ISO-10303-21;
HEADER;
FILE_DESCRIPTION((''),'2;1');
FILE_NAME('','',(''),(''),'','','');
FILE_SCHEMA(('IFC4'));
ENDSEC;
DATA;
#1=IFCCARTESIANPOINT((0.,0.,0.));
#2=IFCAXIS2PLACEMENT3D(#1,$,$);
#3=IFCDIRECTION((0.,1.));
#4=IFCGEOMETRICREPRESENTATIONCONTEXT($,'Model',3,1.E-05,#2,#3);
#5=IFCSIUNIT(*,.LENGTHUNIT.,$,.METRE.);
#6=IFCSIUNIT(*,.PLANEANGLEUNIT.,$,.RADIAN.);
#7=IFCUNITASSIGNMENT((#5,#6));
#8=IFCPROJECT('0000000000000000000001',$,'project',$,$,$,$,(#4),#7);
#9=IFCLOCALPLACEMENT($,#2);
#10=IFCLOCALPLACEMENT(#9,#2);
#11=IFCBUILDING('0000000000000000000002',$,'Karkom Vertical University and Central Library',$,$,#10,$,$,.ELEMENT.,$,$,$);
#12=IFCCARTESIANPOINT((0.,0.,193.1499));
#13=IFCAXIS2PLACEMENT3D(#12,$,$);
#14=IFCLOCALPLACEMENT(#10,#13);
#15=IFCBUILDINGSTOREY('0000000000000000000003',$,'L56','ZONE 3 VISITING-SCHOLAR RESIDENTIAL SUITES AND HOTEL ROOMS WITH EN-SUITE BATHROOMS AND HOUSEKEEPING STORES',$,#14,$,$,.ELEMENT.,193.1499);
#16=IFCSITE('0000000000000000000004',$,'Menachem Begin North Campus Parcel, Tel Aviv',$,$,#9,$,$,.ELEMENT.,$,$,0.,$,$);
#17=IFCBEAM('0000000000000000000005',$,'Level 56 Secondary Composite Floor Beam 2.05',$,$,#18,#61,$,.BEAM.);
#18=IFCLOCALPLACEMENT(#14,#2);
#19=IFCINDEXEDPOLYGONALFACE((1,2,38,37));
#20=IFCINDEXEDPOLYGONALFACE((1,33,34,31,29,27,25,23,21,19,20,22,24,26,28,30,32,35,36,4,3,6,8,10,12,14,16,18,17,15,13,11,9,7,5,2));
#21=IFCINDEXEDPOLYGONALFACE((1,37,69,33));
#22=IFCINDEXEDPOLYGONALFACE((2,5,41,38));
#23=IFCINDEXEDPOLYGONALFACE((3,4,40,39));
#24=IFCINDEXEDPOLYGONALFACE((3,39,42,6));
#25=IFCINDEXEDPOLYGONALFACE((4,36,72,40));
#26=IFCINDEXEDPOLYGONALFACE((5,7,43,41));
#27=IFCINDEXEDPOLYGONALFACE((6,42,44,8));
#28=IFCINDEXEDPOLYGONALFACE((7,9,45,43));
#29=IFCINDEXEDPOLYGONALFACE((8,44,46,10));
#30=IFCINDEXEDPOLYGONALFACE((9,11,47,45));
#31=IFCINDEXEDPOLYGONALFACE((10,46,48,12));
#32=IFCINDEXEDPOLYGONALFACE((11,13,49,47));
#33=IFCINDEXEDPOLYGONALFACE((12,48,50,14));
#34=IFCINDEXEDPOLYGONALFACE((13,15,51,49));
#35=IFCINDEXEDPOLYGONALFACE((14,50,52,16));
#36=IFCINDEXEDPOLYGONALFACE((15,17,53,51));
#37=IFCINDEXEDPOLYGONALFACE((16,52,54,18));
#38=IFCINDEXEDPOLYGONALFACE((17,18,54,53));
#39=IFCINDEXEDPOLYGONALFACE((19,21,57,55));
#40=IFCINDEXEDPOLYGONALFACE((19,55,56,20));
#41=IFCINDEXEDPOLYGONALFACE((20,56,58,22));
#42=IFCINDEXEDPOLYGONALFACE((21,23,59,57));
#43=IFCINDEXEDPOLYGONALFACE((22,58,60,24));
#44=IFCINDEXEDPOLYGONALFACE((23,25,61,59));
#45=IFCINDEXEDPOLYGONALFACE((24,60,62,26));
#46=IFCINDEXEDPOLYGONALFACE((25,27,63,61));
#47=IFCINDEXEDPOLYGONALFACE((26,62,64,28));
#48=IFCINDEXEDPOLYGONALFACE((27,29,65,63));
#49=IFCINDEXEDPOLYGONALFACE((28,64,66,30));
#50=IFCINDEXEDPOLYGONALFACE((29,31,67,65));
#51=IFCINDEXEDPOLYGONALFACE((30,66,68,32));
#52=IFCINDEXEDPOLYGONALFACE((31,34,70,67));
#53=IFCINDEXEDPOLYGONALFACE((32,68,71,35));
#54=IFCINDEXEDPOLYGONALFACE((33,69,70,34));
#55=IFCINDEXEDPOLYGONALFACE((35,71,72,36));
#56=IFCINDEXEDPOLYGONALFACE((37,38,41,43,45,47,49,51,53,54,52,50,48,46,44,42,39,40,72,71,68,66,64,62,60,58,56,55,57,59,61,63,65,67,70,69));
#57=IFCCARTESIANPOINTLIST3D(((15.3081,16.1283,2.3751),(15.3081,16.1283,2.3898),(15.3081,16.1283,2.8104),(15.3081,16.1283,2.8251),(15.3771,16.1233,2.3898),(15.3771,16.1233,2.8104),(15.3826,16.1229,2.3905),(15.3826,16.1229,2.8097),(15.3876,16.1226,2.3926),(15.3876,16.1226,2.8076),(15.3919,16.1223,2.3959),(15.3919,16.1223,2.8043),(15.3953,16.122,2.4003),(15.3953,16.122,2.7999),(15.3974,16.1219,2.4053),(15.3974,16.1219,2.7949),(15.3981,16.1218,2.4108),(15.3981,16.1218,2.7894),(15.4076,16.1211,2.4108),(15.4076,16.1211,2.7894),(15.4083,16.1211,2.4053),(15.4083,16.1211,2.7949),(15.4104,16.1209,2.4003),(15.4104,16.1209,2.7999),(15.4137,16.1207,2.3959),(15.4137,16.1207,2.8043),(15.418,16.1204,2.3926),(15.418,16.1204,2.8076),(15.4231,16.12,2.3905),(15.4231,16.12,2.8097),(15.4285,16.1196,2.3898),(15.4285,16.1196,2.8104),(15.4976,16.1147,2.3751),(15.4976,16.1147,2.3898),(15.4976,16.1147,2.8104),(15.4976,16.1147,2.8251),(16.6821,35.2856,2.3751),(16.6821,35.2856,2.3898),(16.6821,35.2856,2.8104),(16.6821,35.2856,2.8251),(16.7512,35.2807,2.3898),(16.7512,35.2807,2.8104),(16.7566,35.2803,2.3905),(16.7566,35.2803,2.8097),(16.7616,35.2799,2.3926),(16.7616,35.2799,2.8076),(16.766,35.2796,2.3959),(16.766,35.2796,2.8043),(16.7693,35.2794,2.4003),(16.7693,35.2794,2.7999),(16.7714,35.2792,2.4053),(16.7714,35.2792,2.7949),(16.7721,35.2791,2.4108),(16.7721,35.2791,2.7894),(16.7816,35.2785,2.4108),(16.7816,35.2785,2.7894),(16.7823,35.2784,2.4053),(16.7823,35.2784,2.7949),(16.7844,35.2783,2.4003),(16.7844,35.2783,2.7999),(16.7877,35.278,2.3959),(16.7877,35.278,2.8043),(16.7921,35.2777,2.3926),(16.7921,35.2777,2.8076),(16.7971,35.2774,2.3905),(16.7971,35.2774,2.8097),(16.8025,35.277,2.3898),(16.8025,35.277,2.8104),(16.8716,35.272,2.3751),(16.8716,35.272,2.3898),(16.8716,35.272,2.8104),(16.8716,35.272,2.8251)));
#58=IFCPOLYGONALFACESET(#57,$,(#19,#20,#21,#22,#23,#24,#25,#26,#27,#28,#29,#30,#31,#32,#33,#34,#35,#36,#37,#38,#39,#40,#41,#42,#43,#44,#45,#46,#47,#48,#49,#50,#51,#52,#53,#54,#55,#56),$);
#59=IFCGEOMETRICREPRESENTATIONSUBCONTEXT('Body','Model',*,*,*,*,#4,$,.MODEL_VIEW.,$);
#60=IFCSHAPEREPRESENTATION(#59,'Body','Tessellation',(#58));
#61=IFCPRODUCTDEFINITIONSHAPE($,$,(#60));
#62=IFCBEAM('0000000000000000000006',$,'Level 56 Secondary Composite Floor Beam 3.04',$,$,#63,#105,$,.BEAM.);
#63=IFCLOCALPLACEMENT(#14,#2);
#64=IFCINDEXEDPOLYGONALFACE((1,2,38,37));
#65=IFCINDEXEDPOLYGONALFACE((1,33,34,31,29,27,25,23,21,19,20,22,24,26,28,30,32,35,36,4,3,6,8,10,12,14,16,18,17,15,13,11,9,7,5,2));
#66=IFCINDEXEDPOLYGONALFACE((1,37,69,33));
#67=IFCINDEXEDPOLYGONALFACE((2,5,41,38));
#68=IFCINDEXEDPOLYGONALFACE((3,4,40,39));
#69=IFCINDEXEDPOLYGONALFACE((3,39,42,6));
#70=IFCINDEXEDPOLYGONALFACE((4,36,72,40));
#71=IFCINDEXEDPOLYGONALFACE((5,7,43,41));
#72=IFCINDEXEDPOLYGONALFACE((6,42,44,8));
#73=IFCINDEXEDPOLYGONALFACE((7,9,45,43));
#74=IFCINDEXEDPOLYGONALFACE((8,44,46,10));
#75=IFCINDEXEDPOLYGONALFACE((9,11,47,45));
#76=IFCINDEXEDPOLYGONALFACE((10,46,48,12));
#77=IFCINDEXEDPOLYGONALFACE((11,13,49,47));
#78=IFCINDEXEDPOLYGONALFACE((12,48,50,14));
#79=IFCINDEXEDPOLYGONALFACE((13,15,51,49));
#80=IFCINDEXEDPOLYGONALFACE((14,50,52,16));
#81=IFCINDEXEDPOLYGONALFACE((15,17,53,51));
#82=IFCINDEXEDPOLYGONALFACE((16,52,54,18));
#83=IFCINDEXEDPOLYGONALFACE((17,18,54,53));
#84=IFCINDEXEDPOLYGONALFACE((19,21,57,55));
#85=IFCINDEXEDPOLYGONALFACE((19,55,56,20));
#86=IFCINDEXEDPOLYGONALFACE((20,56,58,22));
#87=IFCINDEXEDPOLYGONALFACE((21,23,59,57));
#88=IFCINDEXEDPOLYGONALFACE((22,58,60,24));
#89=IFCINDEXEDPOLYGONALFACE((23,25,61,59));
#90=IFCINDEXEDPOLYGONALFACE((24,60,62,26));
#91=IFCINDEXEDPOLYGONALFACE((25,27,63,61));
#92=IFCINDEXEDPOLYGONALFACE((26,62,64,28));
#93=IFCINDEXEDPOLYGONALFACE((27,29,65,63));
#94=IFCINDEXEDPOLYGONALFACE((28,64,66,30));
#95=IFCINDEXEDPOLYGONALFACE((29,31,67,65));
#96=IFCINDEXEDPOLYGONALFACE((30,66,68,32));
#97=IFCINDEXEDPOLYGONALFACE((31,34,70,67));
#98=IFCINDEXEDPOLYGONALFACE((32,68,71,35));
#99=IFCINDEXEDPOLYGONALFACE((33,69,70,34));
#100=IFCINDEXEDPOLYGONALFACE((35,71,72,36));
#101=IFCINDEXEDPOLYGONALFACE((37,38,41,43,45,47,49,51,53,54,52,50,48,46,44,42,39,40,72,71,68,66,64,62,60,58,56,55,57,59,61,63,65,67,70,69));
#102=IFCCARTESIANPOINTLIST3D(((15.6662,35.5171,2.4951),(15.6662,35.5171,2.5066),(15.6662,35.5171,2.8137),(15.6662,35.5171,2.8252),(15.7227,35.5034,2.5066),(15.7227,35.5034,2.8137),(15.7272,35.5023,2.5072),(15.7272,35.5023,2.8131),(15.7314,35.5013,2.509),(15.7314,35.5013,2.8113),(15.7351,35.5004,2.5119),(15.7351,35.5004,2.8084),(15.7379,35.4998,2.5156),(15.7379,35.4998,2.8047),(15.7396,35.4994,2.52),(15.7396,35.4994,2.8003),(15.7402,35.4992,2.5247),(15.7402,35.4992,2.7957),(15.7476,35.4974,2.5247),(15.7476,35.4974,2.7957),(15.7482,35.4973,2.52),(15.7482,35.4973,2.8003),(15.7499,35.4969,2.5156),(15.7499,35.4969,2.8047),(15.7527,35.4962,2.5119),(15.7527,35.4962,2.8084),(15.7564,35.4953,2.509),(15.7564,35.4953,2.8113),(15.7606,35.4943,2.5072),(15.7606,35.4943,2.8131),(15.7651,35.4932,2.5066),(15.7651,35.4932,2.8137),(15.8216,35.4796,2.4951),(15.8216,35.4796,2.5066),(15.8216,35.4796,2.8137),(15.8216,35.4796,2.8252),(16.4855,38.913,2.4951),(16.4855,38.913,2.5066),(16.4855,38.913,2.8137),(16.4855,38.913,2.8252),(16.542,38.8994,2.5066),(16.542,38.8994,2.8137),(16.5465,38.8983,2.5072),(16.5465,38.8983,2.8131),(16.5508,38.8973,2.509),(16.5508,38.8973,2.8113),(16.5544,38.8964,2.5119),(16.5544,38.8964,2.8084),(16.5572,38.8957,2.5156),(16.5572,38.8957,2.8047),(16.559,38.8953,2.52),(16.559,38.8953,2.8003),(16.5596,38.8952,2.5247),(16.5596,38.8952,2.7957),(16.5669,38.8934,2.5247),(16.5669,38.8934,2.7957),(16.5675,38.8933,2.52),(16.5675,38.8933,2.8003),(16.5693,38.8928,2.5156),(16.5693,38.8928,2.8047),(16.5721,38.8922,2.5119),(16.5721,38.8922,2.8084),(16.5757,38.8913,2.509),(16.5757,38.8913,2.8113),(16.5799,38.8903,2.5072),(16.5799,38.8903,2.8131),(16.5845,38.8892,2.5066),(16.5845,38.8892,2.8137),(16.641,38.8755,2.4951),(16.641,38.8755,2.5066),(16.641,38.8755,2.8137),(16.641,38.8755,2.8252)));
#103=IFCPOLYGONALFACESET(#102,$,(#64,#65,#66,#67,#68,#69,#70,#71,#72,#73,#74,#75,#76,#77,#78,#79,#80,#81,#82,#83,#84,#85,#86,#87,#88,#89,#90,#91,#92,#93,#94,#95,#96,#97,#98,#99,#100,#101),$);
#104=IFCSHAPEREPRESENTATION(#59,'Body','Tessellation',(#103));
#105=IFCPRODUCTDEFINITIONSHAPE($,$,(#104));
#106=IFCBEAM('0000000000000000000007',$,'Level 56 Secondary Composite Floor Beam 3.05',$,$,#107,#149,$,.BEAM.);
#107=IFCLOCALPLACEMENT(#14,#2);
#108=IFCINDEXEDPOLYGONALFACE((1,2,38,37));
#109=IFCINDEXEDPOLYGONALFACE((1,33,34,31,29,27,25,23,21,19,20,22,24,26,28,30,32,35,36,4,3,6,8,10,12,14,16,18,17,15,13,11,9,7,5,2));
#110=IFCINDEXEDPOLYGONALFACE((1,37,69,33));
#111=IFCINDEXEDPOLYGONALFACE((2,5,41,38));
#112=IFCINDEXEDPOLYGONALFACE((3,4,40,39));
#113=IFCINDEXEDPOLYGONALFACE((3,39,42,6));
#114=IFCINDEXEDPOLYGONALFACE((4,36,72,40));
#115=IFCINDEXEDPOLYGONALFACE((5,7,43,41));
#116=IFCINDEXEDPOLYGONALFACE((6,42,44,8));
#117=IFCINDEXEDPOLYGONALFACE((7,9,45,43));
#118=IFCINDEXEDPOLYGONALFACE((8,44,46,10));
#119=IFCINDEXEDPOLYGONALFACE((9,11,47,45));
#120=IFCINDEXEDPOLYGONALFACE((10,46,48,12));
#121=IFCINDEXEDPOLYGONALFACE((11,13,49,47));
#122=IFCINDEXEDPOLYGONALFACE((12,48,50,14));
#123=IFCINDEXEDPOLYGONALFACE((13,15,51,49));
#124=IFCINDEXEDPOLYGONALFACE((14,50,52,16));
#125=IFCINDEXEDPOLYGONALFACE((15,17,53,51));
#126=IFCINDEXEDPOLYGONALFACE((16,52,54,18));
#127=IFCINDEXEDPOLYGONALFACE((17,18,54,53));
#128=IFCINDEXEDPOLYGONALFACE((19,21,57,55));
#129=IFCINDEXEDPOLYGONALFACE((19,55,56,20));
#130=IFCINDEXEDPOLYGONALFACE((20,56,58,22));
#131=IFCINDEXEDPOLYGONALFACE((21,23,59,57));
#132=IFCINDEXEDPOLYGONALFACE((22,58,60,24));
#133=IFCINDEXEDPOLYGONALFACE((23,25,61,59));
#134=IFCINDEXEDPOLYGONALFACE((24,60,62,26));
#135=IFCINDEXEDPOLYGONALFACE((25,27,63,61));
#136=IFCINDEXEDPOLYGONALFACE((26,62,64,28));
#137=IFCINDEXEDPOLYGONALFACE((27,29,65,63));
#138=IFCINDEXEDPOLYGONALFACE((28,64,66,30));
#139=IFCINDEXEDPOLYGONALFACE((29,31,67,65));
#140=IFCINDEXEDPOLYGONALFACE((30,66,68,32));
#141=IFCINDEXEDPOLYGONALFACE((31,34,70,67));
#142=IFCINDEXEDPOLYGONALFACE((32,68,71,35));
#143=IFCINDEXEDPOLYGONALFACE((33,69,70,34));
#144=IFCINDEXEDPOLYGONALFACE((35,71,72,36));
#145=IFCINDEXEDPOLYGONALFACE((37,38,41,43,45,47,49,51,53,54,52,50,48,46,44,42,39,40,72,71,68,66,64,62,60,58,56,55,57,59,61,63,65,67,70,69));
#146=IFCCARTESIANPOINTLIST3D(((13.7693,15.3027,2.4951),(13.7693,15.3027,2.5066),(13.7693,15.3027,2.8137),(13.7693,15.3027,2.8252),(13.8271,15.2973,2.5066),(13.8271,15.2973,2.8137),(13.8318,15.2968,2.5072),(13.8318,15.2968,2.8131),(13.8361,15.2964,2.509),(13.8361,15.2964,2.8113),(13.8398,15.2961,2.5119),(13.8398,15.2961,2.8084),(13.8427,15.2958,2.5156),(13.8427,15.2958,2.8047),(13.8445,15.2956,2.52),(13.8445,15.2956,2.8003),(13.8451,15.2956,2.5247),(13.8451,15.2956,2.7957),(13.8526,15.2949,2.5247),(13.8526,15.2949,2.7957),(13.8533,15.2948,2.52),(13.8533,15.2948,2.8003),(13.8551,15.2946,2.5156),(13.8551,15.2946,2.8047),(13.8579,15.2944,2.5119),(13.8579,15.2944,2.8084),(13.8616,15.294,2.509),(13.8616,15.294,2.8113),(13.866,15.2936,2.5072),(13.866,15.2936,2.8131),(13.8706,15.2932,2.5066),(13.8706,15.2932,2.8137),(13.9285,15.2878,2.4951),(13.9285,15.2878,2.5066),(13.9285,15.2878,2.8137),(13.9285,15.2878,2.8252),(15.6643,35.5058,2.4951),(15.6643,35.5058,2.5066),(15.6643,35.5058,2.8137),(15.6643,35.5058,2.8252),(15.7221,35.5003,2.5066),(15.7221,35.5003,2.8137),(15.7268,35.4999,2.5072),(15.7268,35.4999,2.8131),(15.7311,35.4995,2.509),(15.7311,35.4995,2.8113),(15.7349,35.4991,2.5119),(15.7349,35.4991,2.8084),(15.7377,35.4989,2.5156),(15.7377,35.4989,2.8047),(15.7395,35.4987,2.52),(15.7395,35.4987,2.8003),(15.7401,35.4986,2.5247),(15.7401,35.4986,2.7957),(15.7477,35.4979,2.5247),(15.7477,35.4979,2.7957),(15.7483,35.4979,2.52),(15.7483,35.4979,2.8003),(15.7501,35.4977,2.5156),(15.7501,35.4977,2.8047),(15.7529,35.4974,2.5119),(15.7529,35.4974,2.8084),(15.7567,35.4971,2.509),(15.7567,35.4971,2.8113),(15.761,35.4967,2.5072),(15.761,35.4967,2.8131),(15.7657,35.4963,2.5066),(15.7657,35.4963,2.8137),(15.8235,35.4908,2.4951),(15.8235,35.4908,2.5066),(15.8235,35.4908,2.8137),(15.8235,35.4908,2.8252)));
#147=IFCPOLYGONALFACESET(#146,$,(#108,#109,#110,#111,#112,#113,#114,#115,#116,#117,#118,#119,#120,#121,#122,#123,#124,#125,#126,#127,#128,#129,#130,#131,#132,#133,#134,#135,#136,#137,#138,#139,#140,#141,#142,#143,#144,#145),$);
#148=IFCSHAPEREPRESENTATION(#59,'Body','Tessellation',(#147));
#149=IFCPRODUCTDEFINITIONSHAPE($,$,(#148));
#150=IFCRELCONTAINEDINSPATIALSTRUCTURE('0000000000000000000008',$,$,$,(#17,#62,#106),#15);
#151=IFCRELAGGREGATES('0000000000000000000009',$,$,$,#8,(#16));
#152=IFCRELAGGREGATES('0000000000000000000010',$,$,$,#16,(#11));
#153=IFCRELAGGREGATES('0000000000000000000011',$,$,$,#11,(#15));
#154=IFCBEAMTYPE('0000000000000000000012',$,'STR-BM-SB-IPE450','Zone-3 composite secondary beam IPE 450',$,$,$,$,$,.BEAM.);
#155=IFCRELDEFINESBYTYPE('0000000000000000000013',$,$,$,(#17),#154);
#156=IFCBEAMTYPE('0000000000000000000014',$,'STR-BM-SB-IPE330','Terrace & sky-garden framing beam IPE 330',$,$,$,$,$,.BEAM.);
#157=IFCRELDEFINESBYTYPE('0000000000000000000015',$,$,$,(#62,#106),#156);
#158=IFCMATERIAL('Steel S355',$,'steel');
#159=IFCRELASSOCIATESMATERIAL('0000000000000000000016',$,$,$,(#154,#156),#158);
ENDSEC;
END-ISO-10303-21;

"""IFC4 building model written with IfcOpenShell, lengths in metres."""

from ifc_helpers import new_model, si_unit, direction, frame, origin, origin_with_axes, origin_2d, place, context, subcontext, project, spatial, i_section, extrude, source, transform, mapped, material, material_profile, profile_set, type_object, element, save


model = new_model("IFC4")

# Units and contexts
model_context = context("Model", 3, precision=1e-05, world=origin(), true_north=direction((0.0, 1.0)))
body_context = subcontext(model_context, "Body", "Model", "MODEL_VIEW")
ifc_project = project(units=[si_unit("LENGTHUNIT", "METRE"), si_unit("PLANEANGLEUNIT", "RADIAN")], contexts=[model_context])

# Site, building, storey
site_placement = place(None, origin())
site = spatial("IfcSite", under=ifc_project, at=site_placement, Name="Menachem Begin North Campus Parcel, Tel Aviv", CompositionType="ELEMENT", RefElevation=0.0)
building_placement = place(site_placement, origin())
building = spatial("IfcBuilding", under=site, at=building_placement, Name="Karkom Vertical University and Central Library", CompositionType="ELEMENT")
storey_placement = place(building_placement, frame((0.0, 0.0, 193.1499)))
storey = spatial("IfcBuildingStorey", under=building, at=storey_placement, Name="L56", Description="ZONE 3 VISITING-SCHOLAR RESIDENTIAL SUITES AND HOTEL ROOMS WITH EN-SUITE BATHROOMS AND HOUSEKEEPING STORES", CompositionType="ELEMENT", Elevation=193.1499)

# Beams
ifc_material_1 = material(Name="Steel S355", Category="steel")
ifc_material_profile_1 = material_profile(ifc_material_1, i_section(OverallWidth=0.1899, OverallDepth=0.45, WebThickness=0.0095, FlangeThickness=0.0146, FilletRadius=0.021, at=origin_2d()), Name="IPE 450")
ifc_profile_set_1 = profile_set([ifc_material_profile_1], Name="Steel S355")
beam_type_1 = type_object("IfcBeamType", Name="STR-BM-SB-IPE450", Description="Zone-3 composite secondary beam IPE 450", PredefinedType="BEAM", material=ifc_profile_set_1)
shared_shape_1 = source(origin_with_axes(), body_context, "Body", "SweptSolid", [
    extrude(i_section(OverallWidth=0.1899, OverallDepth=0.45, WebThickness=0.0095, FlangeThickness=0.0146, FilletRadius=0.021, at=origin_2d()), origin(), (0.0, 0.0, 1.0), 19.2065),
])
beam_1_placement = place(storey_placement, frame((16.7769, 35.2788, 2.6001), z_axis=(-0.07154, -0.997438, 0.0), x_axis=(0.997438, -0.07154, 0.0)))
element("IfcBeam", 1, at=beam_1_placement, inside=storey, type_object=beam_type_1, Name="Level 56 Secondary Composite Floor Beam 2.05", PredefinedType="BEAM", context=body_context, shape_type="MappedRepresentation", body=[
    mapped(shared_shape_1, transform((0.0, 0.0, 0.0), scale=1.0)),
])
ifc_material_profile_2 = material_profile(ifc_material_1, i_section(OverallWidth=0.1599, OverallDepth=0.3301, WebThickness=0.0076, FlangeThickness=0.0115, FilletRadius=0.0181, at=origin_2d()), Name="IPE 330")
ifc_profile_set_2 = profile_set([ifc_material_profile_2], Name="Steel S355")
beam_type_2 = type_object("IfcBeamType", Name="STR-BM-SB-IPE330", Description="Terrace & sky-garden framing beam IPE 330", PredefinedType="BEAM", material=ifc_profile_set_2)
shared_shape_2 = source(origin_with_axes(), body_context, "Body", "SweptSolid", [
    extrude(i_section(OverallWidth=0.1599, OverallDepth=0.3301, WebThickness=0.0076, FlangeThickness=0.0115, FilletRadius=0.0181, at=origin_2d()), origin(), (0.0, 0.0, 1.0), 3.4934),
])
beam_2_placement = place(storey_placement, frame((16.5632, 38.8943, 2.6602), z_axis=(-0.234536, -0.972107, 0.0), x_axis=(0.972107, -0.234536, 0.0)))
element("IfcBeam", 2, at=beam_2_placement, inside=storey, type_object=beam_type_2, Name="Level 56 Secondary Composite Floor Beam 3.04", PredefinedType="BEAM", context=body_context, shape_type="MappedRepresentation", body=[
    mapped(shared_shape_2, transform((0.0, 0.0, 0.0), scale=1.0)),
])
shared_shape_3 = source(origin_with_axes(), body_context, "Body", "SweptSolid", [
    extrude(i_section(OverallWidth=0.1599, OverallDepth=0.3301, WebThickness=0.0076, FlangeThickness=0.0115, FilletRadius=0.0181, at=origin_2d()), origin(), (0.0, 0.0, 1.0), 20.2917),
])
beam_3_placement = place(storey_placement, frame((15.7439, 35.4983, 2.6602), z_axis=(-0.093388, -0.99563, 0.0), x_axis=(0.99563, -0.093388, 0.0)))
element("IfcBeam", 3, at=beam_3_placement, inside=storey, type_object=beam_type_2, Name="Level 56 Secondary Composite Floor Beam 3.05", PredefinedType="BEAM", context=body_context, shape_type="MappedRepresentation", body=[
    mapped(shared_shape_3, transform((0.0, 0.0, 0.0), scale=1.0)),
])

save(model, "model.ifc")
